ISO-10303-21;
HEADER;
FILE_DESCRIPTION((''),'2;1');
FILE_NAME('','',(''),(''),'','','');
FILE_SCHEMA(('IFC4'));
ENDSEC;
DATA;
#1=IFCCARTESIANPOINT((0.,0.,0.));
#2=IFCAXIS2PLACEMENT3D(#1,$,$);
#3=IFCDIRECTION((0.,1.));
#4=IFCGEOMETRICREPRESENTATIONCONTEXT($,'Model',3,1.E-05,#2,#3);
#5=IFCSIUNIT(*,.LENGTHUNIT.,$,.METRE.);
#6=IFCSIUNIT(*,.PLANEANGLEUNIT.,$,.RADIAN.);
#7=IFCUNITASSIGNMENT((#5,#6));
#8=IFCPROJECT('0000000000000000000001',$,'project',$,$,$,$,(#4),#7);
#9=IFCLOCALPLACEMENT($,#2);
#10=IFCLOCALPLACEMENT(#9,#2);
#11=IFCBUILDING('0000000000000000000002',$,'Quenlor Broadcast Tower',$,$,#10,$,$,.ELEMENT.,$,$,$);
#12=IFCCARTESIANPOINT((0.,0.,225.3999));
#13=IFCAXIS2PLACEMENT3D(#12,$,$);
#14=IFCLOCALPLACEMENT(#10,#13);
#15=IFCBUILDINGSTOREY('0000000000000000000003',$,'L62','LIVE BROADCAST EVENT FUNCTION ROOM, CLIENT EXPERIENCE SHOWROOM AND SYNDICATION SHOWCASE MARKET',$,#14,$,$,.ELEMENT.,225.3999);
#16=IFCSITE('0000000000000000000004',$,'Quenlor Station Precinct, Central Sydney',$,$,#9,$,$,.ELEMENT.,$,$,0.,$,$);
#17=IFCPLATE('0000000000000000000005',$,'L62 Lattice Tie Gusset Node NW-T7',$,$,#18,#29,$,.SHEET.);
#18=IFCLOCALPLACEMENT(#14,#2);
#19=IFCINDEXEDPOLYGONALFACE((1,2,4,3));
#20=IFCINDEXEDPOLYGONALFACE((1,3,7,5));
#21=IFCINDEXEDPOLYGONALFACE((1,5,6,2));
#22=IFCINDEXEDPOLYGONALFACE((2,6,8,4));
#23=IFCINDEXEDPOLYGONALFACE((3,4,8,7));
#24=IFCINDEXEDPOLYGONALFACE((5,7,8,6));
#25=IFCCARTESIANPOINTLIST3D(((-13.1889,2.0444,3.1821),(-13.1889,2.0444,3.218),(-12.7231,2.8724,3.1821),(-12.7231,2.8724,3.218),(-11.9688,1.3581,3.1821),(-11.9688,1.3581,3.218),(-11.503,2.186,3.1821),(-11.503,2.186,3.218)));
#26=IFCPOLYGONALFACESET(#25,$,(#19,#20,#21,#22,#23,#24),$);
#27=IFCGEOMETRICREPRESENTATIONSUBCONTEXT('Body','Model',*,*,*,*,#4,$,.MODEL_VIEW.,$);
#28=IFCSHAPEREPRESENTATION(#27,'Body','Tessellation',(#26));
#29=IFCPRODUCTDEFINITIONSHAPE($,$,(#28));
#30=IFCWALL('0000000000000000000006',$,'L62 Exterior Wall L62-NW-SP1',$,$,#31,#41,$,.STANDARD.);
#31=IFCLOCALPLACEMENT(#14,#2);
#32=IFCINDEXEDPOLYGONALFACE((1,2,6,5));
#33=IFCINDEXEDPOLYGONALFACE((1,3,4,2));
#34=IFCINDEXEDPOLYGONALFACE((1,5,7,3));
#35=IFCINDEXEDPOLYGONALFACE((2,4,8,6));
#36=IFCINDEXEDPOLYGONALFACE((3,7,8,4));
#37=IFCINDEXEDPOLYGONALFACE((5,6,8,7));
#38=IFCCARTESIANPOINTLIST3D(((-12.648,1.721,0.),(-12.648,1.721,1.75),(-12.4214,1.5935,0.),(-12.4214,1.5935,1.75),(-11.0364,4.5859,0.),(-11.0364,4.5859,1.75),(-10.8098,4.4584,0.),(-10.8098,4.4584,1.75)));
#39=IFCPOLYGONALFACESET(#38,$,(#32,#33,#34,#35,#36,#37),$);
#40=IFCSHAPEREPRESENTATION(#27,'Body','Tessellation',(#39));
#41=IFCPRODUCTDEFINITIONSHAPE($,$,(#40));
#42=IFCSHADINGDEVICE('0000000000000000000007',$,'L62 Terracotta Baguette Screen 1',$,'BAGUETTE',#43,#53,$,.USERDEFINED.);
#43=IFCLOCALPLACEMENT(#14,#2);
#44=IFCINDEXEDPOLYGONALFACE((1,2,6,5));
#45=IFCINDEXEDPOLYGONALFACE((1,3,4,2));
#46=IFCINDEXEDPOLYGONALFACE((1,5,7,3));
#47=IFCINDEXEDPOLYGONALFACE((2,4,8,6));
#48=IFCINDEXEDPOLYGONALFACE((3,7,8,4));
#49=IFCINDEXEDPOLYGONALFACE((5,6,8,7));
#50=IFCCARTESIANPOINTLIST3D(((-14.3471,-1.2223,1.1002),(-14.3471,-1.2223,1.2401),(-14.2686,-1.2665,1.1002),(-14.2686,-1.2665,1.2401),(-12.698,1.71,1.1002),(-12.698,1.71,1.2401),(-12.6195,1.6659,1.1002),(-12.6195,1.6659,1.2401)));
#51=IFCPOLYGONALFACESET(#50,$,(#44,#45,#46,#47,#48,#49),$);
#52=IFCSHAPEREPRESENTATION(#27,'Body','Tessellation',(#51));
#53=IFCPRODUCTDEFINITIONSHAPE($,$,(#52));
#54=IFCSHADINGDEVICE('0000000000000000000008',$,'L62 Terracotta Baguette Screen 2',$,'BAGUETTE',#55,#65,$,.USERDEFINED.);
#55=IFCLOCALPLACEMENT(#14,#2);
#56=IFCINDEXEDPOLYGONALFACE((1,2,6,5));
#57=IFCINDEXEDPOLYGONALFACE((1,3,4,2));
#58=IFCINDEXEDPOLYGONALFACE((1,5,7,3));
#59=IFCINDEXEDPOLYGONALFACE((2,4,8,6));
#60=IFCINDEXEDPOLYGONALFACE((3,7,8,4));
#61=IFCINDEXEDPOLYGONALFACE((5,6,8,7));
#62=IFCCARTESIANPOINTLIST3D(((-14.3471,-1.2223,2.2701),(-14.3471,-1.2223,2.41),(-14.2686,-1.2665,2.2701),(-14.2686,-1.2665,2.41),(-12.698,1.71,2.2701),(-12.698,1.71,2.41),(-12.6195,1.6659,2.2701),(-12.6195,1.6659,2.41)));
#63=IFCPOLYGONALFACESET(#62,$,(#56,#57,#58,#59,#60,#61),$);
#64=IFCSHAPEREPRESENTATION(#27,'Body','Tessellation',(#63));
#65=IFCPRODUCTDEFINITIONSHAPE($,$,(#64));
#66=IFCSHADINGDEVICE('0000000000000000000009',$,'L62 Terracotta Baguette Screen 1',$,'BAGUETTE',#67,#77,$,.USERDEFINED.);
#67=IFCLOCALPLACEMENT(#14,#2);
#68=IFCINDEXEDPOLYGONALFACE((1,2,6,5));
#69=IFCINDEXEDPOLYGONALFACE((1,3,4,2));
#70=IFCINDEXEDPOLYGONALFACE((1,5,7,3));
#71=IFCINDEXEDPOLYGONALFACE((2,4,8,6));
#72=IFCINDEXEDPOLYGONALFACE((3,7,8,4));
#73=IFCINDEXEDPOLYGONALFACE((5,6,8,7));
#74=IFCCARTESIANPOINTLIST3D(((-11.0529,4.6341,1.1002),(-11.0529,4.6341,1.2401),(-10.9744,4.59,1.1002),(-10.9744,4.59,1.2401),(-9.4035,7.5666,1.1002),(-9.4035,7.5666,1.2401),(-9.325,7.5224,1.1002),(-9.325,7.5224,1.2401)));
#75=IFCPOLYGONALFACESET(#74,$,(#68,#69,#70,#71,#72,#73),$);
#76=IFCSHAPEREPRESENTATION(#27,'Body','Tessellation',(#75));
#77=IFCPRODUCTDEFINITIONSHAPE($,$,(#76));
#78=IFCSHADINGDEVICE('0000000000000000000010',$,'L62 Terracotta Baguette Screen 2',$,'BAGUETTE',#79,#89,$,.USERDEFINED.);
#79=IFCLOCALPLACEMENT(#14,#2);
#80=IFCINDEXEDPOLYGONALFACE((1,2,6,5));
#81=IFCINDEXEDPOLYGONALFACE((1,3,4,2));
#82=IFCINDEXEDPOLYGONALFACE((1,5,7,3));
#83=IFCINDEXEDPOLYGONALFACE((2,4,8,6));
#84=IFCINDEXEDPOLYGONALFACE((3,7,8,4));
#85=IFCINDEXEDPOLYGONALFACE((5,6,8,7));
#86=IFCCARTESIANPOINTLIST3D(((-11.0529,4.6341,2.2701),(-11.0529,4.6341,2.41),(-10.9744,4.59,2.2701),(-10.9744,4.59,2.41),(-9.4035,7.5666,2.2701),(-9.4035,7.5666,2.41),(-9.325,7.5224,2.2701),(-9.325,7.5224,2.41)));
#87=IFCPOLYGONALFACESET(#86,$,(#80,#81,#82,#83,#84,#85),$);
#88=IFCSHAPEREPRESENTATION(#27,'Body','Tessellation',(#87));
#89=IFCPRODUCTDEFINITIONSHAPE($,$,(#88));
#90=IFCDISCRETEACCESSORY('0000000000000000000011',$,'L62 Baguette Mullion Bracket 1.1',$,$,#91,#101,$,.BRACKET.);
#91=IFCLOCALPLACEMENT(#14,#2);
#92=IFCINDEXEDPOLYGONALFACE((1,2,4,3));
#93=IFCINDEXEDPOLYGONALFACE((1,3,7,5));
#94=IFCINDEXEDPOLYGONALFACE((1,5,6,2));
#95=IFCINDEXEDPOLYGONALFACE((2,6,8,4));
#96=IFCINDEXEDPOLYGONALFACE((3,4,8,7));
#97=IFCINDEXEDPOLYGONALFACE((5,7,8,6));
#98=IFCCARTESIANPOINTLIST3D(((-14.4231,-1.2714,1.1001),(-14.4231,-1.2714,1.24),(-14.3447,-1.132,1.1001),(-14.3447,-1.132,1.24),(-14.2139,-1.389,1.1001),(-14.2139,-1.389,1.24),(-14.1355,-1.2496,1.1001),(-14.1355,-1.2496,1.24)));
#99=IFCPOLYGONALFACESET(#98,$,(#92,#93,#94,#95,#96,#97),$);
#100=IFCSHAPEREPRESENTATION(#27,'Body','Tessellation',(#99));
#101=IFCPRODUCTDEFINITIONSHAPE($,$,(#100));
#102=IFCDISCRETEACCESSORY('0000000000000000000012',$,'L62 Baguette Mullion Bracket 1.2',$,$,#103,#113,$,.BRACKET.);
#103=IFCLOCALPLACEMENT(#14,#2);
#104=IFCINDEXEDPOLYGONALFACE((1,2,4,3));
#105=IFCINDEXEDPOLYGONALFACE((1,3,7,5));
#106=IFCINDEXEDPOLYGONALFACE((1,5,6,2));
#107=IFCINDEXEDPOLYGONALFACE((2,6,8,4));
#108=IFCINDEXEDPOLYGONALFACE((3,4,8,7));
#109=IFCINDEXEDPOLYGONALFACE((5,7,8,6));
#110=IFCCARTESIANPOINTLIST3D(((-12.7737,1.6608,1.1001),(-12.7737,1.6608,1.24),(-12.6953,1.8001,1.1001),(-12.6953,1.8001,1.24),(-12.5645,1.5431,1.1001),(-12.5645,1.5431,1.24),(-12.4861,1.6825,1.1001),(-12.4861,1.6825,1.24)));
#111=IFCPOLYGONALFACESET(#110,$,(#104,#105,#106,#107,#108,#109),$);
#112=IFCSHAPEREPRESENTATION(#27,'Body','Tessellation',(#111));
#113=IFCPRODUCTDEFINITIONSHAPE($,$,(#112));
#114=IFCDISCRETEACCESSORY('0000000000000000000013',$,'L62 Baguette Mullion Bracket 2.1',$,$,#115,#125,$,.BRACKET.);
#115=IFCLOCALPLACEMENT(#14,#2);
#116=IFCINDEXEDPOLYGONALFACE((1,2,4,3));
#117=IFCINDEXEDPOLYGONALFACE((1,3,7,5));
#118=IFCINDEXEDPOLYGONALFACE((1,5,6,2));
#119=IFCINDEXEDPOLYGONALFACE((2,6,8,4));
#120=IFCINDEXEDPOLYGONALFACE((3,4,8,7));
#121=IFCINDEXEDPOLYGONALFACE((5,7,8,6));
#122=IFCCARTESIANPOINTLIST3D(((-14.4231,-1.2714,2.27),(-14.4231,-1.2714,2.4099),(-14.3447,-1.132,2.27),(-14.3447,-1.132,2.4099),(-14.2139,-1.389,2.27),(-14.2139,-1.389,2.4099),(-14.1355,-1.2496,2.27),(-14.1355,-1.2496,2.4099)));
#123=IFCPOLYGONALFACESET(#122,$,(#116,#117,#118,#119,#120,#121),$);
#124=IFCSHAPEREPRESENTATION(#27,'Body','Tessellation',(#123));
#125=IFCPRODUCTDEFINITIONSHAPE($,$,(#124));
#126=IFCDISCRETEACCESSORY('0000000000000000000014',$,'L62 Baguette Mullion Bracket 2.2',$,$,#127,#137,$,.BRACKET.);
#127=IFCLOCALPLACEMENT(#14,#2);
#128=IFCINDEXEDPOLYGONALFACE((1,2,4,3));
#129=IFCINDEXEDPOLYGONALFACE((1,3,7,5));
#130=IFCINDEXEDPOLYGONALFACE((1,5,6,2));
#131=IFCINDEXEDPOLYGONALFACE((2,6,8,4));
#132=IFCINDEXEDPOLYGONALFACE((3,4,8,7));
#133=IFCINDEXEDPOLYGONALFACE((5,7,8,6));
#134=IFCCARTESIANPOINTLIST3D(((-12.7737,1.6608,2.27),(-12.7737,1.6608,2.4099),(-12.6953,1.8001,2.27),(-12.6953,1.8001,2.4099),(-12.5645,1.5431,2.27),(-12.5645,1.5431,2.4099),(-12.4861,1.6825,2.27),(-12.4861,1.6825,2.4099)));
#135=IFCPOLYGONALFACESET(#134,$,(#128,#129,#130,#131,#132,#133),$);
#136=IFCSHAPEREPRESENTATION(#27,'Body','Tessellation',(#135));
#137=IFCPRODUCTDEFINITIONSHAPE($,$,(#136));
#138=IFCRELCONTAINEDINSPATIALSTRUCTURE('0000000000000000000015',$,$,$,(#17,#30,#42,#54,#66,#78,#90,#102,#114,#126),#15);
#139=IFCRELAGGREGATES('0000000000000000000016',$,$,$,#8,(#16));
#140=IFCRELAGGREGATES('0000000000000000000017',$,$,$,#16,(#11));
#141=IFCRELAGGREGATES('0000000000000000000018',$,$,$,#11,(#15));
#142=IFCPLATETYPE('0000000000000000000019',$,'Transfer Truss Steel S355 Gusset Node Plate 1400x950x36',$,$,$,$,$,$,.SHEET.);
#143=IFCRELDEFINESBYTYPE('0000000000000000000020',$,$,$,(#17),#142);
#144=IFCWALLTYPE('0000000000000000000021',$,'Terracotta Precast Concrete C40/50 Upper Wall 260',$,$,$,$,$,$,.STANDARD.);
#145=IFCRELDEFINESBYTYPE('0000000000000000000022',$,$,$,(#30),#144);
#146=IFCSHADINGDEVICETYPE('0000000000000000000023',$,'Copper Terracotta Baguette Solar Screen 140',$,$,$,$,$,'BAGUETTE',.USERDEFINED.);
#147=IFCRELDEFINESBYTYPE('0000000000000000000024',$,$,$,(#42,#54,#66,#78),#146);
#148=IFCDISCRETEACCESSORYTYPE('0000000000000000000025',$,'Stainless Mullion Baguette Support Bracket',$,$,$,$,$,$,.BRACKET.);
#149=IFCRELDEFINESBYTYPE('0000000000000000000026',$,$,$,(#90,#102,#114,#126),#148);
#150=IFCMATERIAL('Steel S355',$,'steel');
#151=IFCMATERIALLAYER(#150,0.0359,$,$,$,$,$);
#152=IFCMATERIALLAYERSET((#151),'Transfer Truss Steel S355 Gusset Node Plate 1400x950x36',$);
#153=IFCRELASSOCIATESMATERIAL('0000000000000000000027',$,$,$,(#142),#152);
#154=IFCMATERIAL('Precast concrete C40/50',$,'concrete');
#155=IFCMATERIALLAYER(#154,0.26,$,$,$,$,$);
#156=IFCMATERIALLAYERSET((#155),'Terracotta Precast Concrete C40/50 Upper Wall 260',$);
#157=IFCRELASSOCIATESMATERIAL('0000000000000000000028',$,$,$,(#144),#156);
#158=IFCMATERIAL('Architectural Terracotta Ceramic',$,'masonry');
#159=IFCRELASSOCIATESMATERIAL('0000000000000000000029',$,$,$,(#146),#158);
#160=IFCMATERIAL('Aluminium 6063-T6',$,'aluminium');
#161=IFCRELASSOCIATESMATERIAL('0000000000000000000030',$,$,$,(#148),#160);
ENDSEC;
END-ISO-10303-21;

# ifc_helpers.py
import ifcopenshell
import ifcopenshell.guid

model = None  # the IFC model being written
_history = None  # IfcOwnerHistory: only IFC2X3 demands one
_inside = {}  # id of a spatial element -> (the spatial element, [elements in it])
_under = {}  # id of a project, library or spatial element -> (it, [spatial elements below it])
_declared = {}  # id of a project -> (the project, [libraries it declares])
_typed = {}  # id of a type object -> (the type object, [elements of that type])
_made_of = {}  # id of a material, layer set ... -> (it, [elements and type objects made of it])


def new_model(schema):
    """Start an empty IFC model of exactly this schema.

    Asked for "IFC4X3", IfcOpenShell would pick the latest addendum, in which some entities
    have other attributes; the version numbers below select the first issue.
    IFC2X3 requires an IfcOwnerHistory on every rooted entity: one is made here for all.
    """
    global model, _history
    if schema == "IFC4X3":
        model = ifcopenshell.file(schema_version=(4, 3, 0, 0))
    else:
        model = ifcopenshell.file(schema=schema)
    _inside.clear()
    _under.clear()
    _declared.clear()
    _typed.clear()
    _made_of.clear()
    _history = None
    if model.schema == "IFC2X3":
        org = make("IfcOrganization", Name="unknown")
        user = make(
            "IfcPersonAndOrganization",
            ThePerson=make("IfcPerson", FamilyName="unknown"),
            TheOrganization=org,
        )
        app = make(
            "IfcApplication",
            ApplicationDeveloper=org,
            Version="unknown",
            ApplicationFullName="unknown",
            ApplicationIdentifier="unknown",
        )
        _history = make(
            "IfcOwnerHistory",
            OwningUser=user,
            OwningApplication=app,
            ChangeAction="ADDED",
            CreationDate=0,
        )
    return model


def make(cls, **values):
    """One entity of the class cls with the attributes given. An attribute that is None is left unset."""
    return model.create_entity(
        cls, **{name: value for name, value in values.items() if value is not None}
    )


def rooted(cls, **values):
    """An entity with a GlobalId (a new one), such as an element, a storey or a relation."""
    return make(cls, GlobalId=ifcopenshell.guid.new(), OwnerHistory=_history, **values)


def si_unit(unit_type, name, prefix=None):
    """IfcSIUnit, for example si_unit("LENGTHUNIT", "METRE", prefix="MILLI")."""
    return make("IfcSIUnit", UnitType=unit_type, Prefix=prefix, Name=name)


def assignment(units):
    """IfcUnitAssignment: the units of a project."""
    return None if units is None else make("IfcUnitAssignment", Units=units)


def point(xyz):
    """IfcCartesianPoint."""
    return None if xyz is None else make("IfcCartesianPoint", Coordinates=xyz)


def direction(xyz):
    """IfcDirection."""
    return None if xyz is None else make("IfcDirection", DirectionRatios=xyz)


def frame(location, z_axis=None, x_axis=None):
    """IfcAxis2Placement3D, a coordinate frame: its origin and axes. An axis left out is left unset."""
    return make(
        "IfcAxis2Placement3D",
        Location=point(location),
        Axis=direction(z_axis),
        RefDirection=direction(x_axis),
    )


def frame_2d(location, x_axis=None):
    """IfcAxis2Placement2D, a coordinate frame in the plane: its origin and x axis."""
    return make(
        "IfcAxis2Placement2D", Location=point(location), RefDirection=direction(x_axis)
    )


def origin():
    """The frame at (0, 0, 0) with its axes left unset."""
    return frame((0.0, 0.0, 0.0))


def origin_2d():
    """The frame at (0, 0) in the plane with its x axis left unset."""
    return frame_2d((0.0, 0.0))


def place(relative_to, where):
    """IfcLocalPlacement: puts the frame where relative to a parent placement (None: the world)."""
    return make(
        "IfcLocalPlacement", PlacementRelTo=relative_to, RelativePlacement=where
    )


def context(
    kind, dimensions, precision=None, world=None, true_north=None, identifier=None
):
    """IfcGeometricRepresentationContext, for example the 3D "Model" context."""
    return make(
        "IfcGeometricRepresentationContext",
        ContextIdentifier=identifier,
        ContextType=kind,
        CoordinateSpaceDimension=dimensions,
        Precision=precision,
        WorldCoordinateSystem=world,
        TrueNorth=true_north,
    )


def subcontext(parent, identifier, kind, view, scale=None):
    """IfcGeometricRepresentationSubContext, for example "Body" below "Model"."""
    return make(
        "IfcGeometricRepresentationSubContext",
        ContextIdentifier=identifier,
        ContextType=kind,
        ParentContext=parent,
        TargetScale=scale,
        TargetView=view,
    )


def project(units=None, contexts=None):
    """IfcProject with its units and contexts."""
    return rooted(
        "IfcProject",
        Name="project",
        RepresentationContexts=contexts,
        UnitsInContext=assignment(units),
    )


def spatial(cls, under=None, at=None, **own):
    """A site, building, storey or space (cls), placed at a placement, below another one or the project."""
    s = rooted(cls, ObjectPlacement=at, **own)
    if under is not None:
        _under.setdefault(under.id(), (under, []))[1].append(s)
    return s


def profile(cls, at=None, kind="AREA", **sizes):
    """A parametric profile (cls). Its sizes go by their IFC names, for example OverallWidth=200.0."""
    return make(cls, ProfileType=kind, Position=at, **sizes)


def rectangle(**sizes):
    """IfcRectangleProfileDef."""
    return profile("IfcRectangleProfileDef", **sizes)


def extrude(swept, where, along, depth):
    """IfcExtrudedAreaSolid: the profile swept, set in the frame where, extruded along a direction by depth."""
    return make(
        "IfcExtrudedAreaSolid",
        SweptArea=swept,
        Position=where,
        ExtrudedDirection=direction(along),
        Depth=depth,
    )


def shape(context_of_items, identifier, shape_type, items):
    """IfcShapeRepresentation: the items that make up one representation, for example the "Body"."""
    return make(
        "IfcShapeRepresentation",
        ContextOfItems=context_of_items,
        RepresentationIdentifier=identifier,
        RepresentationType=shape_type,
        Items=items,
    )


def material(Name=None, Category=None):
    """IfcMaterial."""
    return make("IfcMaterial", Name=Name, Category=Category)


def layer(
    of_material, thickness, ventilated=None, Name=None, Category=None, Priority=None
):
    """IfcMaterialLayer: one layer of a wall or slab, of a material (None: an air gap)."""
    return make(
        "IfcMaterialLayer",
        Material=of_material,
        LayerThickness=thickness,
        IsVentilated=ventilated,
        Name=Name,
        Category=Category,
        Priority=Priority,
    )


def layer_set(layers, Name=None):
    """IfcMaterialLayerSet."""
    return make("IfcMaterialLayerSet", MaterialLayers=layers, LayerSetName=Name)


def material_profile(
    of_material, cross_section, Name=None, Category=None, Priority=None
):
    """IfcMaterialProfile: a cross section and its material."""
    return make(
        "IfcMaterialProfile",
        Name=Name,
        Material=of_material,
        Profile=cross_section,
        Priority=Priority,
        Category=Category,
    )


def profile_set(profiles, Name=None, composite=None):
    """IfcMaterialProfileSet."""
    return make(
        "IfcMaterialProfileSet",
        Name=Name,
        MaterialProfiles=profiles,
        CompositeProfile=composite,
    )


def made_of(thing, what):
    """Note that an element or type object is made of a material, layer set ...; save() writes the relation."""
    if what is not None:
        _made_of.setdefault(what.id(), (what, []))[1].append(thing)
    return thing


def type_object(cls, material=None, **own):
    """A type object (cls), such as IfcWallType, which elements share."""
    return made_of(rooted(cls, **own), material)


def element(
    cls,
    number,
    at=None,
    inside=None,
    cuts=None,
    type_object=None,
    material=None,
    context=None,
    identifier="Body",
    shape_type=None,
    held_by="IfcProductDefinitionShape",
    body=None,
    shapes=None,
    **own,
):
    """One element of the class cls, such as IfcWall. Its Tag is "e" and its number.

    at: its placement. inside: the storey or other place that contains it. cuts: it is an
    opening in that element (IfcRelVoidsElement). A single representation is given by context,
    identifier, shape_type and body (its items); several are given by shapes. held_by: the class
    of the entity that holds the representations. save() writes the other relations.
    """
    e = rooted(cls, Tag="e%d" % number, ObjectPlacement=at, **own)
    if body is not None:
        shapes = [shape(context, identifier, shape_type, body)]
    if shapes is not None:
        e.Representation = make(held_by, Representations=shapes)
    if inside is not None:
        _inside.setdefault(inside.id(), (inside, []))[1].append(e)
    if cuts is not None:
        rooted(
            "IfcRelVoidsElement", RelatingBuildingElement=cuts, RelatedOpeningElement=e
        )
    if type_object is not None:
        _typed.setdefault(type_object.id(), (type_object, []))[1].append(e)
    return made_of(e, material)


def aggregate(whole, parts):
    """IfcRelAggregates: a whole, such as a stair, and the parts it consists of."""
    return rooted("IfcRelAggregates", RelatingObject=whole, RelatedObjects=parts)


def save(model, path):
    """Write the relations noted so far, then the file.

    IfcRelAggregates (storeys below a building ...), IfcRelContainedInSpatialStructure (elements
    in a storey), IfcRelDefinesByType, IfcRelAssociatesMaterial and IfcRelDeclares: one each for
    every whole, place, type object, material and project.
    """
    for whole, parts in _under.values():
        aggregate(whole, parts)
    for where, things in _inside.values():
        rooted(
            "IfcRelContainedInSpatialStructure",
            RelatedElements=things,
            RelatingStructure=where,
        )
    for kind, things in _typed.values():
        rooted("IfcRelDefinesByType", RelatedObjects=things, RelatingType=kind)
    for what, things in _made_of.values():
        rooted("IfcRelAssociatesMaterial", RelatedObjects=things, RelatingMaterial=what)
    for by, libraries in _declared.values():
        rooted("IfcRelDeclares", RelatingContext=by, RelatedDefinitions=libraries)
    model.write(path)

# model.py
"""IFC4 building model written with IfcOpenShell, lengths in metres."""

from ifc_helpers import new_model, si_unit, direction, frame, frame_2d, origin, origin_2d, place, context, subcontext, project, spatial, rectangle, extrude, material, layer, layer_set, material_profile, profile_set, type_object, element, save


model = new_model("IFC4")

# Units and contexts
model_context = context("Model", 3, precision=1e-05, world=origin(), true_north=direction((0.0, 1.0)))
body_context = subcontext(model_context, "Body", "Model", "MODEL_VIEW")
ifc_project = project(units=[si_unit("LENGTHUNIT", "METRE"), si_unit("PLANEANGLEUNIT", "RADIAN")], contexts=[model_context])

# Site, building, storey
site_placement = place(None, origin())
site = spatial("IfcSite", under=ifc_project, at=site_placement, Name="Quenlor Station Precinct, Central Sydney", CompositionType="ELEMENT", RefElevation=0.0)
building_placement = place(site_placement, origin())
building = spatial("IfcBuilding", under=site, at=building_placement, Name="Quenlor Broadcast Tower", CompositionType="ELEMENT")
storey_placement = place(building_placement, frame((0.0, 0.0, 225.3999)))
storey = spatial("IfcBuildingStorey", under=building, at=storey_placement, Name="L62", Description="LIVE BROADCAST EVENT FUNCTION ROOM, CLIENT EXPERIENCE SHOWROOM AND SYNDICATION SHOWCASE MARKET", CompositionType="ELEMENT", Elevation=225.3999)

# Plate
ifc_material_1 = material(Name="Steel S355", Category="steel")
ifc_layer_1 = layer(ifc_material_1, 0.0359)
ifc_layer_set_1 = layer_set([ifc_layer_1], Name="Transfer Truss Steel S355 Gusset Node Plate 1400x950x36")
plate_type_1 = type_object("IfcPlateType", Name="Transfer Truss Steel S355 Gusset Node Plate 1400x950x36", PredefinedType="SHEET", material=ifc_layer_set_1)
for number, where, z_axis, x_axis, name in (
    (1, (-12.3459, 2.1152, 3.1821), (0.0, 0.0, 1.0), (-0.871556, 0.490295, 0.0), "L62 Lattice Tie Gusset Node NW-T7"),
):
    element("IfcPlate", number, at=place(storey_placement, frame(where, z_axis=z_axis, x_axis=x_axis)), inside=storey, type_object=plate_type_1, Name=name, PredefinedType="SHEET", context=body_context, shape_type="SweptSolid", body=[
        extrude(rectangle(XDim=1.3999, YDim=0.95, at=origin_2d()), origin(), (0.0, 0.0, 1.0), 0.0359),
    ])

# Wall
ifc_material_2 = material(Name="Precast concrete C40/50", Category="concrete")
ifc_layer_2 = layer(ifc_material_2, 0.26)
ifc_layer_set_2 = layer_set([ifc_layer_2], Name="Terracotta Precast Concrete C40/50 Upper Wall 260")
wall_type = type_object("IfcWallType", Name="Terracotta Precast Concrete C40/50 Upper Wall 260", PredefinedType="STANDARD", material=ifc_layer_set_2)
wall_placement = place(storey_placement, frame((-12.5347, 1.6572, 0.0), z_axis=(0.0, 0.0, 1.0), x_axis=(0.490265, 0.871574, 0.0)))
element("IfcWall", 2, at=wall_placement, inside=storey, type_object=wall_type, Name="L62 Exterior Wall L62-NW-SP1", PredefinedType="STANDARD", context=body_context, shape_type="SweptSolid", body=[
    extrude(rectangle(XDim=3.2871, YDim=0.26, at=frame_2d((1.6436, 0.0))), origin(), (0.0, 0.0, 1.0), 1.75),
])

# Shading devices
ifc_material_3 = material(Name="Architectural Terracotta Ceramic", Category="masonry")
ifc_material_profile_1 = material_profile(ifc_material_3, rectangle(XDim=0.0901, YDim=0.1399, at=origin_2d()))
ifc_profile_set_1 = profile_set([ifc_material_profile_1], Name="Architectural Terracotta Ceramic BAG90x140")
shading_device_type = type_object("IfcShadingDeviceType", Name="Copper Terracotta Baguette Solar Screen 140", ElementType="BAGUETTE", PredefinedType="USERDEFINED", material=ifc_profile_set_1)
for number, where, z_axis, x_axis, name in (
    (3, (-14.3079, -1.2444, 1.1702), (0.490196, 0.871612, 0.0), (-0.871612, 0.490196, 0.0), "L62 Terracotta Baguette Screen 1"),
    (4, (-14.3079, -1.2444, 2.3401), (0.490196, 0.871612, 0.0), (-0.871612, 0.490196, 0.0), "L62 Terracotta Baguette Screen 2"),
):
    element("IfcShadingDevice", number, at=place(storey_placement, frame(where, z_axis=z_axis, x_axis=x_axis)), inside=storey, type_object=shading_device_type, Name=name, ObjectType="BAGUETTE", PredefinedType="USERDEFINED", context=body_context, shape_type="SweptSolid", body=[
        extrude(rectangle(XDim=0.0901, YDim=0.1399, at=origin_2d()), origin(), (0.0, 0.0, 1.0), 3.3643),
    ])
for number, where, z_axis, x_axis, name in (
    (5, (-11.0137, 4.6121, 1.1702), (0.490251, 0.871581, 0.0), (-0.871581, 0.490251, 0.0), "L62 Terracotta Baguette Screen 1"),
    (6, (-11.0137, 4.6121, 2.3401), (0.490251, 0.871581, 0.0), (-0.871581, 0.490251, 0.0), "L62 Terracotta Baguette Screen 2"),
):
    element("IfcShadingDevice", number, at=place(storey_placement, frame(where, z_axis=z_axis, x_axis=x_axis)), inside=storey, type_object=shading_device_type, Name=name, ObjectType="BAGUETTE", PredefinedType="USERDEFINED", context=body_context, shape_type="SweptSolid", body=[
        extrude(rectangle(XDim=0.0901, YDim=0.1399, at=origin_2d()), origin(), (0.0, 0.0, 1.0), 3.3645),
    ])

# Discrete accessories
ifc_material_4 = material(Name="Aluminium 6063-T6", Category="aluminium")
discrete_accessory_type = type_object("IfcDiscreteAccessoryType", Name="Stainless Mullion Baguette Support Bracket", PredefinedType="BRACKET", material=ifc_material_4)
for number, where, z_axis, x_axis, name in (
    (7, (-14.2793, -1.2605, 1.1001), (0.0, 0.0, 1.0), (0.490257, 0.871578, 0.0), "L62 Baguette Mullion Bracket 1.1"),
    (8, (-12.6299, 1.6716, 1.1001), (0.0, 0.0, 1.0), (0.490257, 0.871578, 0.0), "L62 Baguette Mullion Bracket 1.2"),
    (9, (-14.2793, -1.2605, 2.27), (0.0, 0.0, 1.0), (0.490257, 0.871578, 0.0), "L62 Baguette Mullion Bracket 2.1"),
    (10, (-12.6299, 1.6716, 2.27), (0.0, 0.0, 1.0), (0.490257, 0.871578, 0.0), "L62 Baguette Mullion Bracket 2.2"),
):
    element("IfcDiscreteAccessory", number, at=place(storey_placement, frame(where, z_axis=z_axis, x_axis=x_axis)), inside=storey, type_object=discrete_accessory_type, Name=name, PredefinedType="BRACKET", context=body_context, shape_type="SweptSolid", body=[
        extrude(rectangle(XDim=0.1599, YDim=0.24, at=origin_2d()), origin(), (0.0, 0.0, 1.0), 0.1399),
    ])

save(model, "model.ifc")
